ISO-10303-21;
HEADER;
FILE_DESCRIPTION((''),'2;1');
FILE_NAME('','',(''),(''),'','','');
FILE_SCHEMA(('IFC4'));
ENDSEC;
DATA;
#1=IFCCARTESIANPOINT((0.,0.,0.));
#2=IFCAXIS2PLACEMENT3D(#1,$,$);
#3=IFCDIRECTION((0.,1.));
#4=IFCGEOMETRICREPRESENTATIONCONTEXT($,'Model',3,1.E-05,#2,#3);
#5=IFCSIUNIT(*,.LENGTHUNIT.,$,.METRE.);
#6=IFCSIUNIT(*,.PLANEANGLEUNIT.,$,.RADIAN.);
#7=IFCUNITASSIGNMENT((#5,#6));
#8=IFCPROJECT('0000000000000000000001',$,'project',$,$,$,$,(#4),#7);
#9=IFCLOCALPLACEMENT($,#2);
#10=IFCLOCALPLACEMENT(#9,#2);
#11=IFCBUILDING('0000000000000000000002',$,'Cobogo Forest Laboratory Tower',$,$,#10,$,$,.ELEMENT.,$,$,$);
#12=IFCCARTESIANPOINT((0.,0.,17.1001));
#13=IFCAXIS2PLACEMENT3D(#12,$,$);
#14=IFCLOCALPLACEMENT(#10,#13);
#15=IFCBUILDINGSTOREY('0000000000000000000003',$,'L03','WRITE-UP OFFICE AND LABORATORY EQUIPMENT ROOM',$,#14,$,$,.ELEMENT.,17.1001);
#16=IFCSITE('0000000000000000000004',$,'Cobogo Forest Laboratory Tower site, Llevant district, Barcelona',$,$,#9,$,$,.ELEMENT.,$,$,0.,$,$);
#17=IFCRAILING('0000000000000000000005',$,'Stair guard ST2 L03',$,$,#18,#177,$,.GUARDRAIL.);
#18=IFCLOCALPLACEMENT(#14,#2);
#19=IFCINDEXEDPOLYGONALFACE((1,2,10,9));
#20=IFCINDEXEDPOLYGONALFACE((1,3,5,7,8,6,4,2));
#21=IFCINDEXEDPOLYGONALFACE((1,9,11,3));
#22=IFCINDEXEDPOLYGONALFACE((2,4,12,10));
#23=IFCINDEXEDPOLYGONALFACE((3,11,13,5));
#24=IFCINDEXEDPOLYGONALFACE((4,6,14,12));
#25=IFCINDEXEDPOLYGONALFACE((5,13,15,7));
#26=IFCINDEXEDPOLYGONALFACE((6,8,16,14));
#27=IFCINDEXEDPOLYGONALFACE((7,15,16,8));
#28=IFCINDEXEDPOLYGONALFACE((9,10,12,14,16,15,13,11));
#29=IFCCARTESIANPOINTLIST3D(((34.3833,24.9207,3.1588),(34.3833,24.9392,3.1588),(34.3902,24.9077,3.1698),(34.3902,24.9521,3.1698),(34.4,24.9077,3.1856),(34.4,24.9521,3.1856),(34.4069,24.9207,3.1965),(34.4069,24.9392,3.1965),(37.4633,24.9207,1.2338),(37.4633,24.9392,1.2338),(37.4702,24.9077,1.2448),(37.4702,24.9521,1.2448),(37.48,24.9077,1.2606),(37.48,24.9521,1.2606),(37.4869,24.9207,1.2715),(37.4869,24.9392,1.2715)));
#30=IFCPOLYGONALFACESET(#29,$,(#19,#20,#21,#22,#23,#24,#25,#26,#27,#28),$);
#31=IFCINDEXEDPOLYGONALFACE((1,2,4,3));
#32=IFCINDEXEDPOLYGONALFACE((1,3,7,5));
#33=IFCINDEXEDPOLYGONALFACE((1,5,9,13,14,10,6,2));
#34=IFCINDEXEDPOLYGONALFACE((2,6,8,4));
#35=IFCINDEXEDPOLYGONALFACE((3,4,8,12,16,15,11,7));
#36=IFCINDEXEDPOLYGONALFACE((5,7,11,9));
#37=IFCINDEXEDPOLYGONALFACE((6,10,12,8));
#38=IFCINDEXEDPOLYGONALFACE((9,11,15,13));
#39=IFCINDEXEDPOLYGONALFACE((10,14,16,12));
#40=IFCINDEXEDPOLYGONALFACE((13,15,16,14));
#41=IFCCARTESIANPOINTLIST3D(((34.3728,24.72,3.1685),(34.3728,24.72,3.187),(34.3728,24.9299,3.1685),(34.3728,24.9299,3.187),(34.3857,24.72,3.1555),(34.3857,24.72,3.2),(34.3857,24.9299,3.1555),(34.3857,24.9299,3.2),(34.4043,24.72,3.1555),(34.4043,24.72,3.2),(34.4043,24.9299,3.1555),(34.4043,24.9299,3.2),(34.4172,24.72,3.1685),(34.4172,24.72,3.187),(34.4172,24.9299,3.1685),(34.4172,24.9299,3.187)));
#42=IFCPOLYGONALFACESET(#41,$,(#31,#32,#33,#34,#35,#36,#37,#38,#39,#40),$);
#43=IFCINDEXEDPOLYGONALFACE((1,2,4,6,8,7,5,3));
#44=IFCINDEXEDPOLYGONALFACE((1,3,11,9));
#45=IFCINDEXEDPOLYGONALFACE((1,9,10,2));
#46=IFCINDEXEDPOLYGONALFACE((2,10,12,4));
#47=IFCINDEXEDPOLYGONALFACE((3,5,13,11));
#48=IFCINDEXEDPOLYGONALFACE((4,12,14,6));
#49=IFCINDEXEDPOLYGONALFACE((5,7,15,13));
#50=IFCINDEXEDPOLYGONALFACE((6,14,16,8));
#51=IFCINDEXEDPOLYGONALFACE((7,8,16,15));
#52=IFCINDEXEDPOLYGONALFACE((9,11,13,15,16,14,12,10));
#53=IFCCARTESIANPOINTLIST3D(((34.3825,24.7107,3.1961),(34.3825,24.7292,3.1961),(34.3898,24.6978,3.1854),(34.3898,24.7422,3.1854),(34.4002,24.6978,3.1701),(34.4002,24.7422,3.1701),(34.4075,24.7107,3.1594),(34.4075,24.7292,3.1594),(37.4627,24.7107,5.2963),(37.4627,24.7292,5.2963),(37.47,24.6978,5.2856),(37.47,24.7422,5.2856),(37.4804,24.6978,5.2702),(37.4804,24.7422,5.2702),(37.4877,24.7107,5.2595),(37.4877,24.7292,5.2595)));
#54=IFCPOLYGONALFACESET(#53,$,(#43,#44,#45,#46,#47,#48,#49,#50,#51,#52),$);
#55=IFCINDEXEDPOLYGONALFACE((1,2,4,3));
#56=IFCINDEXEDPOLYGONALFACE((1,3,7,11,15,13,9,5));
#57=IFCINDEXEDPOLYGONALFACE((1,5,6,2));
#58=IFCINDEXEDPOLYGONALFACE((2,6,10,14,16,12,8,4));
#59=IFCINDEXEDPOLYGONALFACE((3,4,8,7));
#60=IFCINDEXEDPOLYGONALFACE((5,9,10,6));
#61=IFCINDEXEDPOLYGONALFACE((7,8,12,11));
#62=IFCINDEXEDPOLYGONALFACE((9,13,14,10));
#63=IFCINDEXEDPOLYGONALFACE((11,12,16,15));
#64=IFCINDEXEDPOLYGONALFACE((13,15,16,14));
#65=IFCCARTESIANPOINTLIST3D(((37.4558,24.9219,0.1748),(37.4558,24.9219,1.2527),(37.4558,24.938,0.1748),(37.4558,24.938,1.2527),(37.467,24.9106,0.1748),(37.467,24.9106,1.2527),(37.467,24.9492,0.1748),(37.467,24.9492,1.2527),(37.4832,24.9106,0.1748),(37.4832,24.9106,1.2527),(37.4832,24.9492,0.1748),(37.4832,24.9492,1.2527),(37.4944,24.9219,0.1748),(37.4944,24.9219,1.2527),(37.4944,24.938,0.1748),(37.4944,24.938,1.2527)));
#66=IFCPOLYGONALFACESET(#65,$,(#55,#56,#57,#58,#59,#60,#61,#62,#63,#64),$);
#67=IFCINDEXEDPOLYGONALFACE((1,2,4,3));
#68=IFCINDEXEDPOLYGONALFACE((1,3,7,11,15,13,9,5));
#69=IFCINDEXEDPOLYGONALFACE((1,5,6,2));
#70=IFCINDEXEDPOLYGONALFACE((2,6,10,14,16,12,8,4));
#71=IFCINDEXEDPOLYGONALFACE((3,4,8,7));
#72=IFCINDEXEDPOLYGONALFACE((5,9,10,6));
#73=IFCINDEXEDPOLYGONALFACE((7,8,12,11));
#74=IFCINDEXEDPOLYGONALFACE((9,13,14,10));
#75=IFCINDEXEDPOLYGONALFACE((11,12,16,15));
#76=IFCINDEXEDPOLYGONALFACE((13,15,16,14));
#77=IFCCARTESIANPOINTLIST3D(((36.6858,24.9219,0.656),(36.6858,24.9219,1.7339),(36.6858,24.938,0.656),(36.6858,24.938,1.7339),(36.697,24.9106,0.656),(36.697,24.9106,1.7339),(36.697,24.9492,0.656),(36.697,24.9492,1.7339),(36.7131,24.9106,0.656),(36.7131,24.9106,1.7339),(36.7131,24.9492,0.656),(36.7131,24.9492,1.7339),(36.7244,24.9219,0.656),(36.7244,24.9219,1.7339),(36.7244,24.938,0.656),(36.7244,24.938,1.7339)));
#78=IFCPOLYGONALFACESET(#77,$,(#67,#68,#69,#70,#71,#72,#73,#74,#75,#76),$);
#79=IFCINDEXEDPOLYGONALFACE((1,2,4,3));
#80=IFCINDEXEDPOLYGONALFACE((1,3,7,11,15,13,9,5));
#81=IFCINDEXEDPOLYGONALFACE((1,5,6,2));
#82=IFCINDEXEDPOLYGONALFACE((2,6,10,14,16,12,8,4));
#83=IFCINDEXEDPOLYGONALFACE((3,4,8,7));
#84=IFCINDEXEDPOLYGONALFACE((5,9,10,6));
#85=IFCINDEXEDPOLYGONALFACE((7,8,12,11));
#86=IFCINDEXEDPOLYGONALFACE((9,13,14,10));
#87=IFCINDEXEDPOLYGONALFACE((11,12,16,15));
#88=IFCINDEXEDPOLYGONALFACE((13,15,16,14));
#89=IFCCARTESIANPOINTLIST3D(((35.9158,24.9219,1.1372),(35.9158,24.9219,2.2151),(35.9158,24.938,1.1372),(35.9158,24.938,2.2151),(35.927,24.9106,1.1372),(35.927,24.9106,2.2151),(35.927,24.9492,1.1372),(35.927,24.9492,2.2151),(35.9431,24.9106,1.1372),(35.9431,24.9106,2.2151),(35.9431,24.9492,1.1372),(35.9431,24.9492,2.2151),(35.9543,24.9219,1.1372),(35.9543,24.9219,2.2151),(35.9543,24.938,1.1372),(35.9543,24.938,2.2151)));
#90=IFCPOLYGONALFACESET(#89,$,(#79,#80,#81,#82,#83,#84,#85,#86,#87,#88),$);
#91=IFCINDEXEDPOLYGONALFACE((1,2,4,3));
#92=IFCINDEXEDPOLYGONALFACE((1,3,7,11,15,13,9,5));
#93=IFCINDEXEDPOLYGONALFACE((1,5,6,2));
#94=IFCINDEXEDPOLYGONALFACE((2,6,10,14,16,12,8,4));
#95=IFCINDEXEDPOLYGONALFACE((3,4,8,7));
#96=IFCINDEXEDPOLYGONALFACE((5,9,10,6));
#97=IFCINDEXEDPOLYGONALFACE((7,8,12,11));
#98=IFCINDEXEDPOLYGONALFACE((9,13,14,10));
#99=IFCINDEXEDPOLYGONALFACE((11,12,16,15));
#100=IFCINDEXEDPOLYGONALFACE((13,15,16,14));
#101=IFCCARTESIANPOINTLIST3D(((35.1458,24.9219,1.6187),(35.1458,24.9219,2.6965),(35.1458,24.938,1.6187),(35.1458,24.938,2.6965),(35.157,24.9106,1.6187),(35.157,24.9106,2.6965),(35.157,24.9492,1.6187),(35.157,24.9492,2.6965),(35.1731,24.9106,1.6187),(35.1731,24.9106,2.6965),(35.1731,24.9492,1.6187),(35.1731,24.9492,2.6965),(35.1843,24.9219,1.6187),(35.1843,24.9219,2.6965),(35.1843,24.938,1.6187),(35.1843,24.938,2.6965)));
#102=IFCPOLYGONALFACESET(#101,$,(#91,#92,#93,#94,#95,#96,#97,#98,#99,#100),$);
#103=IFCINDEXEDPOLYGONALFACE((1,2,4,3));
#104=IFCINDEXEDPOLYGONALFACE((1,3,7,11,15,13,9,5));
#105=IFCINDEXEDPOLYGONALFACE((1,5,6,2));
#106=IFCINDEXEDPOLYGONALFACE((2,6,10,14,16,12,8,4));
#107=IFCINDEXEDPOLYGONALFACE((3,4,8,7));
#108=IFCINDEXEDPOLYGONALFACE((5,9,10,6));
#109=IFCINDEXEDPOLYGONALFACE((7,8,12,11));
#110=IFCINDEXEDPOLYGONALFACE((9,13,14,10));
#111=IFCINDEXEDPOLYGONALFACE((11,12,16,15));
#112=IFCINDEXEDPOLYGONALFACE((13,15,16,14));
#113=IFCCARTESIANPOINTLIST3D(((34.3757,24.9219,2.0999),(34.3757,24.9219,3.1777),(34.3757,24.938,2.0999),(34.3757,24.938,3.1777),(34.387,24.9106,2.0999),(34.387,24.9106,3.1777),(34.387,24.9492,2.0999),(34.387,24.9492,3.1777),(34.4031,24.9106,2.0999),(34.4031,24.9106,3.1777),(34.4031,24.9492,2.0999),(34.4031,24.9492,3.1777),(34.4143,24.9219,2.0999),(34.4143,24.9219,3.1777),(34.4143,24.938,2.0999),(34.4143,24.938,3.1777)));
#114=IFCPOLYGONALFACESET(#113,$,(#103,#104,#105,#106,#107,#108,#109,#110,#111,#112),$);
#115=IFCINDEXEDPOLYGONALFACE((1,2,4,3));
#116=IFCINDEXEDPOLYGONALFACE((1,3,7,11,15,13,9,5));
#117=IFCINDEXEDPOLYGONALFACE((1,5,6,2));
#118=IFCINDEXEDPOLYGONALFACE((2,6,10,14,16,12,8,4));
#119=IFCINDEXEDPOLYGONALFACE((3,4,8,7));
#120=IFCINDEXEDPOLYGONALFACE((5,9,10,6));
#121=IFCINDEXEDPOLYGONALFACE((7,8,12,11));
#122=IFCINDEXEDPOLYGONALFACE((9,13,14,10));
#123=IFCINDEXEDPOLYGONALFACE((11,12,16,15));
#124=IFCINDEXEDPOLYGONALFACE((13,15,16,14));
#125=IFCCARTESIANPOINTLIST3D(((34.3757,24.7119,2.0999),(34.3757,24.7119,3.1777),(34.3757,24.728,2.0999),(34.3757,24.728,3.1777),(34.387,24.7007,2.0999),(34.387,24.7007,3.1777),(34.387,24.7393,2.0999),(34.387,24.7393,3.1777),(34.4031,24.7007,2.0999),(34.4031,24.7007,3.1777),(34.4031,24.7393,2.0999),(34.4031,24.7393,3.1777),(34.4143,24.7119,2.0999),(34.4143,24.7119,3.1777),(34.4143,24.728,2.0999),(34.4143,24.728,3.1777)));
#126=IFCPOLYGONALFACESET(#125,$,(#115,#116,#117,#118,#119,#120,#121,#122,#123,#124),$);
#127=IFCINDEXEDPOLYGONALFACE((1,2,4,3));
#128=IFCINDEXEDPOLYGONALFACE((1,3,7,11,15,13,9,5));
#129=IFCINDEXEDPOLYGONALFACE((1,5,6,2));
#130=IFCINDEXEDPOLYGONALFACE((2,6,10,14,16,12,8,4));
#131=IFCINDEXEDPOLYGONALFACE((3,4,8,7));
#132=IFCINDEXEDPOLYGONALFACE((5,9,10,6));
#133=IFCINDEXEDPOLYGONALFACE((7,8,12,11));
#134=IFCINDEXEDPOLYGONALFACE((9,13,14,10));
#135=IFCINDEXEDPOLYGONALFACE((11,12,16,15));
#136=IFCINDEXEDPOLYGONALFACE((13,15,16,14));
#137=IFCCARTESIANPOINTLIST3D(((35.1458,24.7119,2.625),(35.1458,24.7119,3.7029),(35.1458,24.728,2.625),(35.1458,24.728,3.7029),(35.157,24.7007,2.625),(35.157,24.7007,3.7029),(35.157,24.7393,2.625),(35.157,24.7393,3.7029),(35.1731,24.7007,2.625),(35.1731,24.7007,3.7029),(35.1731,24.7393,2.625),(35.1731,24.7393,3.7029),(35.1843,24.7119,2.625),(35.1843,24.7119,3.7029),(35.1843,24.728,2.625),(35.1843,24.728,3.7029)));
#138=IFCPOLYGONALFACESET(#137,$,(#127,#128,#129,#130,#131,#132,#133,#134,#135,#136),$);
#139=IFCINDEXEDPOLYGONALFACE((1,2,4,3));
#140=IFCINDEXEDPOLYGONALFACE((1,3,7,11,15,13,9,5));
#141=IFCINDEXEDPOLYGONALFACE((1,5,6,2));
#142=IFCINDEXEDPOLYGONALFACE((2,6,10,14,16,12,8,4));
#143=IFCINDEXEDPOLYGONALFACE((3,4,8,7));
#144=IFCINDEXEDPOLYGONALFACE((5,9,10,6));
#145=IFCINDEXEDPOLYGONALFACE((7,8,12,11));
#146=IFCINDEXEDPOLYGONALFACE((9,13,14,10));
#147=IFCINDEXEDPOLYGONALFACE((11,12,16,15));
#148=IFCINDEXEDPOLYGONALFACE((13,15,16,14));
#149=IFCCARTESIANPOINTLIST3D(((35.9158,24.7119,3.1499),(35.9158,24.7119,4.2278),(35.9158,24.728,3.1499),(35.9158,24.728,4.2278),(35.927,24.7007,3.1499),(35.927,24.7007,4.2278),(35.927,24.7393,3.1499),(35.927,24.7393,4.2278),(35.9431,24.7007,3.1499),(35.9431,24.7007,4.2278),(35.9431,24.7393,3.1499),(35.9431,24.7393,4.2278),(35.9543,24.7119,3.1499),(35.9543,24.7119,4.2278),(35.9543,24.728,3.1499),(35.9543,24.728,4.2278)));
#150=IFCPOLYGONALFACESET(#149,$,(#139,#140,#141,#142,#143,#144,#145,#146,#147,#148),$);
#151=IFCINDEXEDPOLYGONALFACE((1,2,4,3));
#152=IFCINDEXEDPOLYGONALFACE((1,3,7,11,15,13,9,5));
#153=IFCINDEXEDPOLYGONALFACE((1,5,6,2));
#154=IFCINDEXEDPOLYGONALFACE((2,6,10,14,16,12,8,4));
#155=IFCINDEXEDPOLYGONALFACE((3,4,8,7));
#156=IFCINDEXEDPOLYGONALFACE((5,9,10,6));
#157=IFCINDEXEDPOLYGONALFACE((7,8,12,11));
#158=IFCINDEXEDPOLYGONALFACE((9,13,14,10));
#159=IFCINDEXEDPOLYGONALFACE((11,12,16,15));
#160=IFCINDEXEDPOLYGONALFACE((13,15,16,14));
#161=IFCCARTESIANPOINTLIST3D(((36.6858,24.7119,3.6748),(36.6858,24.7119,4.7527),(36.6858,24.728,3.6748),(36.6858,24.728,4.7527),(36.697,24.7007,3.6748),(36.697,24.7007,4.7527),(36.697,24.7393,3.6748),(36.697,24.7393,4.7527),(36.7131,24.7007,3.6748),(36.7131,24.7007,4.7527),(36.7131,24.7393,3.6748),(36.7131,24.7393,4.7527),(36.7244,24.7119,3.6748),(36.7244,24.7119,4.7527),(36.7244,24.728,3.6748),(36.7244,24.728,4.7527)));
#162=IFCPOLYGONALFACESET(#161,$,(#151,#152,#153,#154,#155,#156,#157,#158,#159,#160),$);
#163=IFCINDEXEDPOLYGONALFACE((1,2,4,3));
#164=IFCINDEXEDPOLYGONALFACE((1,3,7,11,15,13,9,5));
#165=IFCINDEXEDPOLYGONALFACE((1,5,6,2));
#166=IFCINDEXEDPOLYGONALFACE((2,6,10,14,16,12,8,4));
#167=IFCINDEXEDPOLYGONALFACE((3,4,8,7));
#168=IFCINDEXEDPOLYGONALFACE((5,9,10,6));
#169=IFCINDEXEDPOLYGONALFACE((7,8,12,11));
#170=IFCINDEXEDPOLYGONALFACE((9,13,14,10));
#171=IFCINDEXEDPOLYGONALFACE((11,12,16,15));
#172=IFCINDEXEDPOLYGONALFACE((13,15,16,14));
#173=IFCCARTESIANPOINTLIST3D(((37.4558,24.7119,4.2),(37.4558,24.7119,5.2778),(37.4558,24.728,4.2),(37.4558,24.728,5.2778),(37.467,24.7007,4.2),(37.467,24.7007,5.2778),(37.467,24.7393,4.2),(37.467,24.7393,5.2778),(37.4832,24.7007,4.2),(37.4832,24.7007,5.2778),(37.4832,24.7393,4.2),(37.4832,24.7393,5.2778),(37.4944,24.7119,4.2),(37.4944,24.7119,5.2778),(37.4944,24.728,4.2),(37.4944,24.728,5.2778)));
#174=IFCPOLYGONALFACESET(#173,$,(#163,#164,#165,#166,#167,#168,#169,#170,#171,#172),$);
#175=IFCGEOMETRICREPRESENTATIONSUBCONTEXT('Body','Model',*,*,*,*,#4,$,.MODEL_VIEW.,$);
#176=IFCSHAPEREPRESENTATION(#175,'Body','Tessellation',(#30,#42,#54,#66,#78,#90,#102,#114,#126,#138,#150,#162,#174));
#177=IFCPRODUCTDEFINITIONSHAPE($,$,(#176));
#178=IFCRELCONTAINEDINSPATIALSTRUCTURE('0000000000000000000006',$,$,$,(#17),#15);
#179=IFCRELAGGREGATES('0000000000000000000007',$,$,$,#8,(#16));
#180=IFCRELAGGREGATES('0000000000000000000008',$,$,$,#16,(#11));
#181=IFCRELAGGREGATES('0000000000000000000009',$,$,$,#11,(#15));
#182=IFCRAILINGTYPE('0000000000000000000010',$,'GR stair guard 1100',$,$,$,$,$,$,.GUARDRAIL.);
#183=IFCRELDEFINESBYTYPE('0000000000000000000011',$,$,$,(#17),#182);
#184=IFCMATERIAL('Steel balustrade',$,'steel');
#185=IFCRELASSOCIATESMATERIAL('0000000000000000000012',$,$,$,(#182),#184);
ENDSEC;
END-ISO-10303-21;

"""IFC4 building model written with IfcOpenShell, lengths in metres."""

from ifc_helpers import new_model, si_unit, direction, frame, origin, place, context, subcontext, project, spatial, polyline, outline, extrude, material, type_object, element, save


model = new_model("IFC4")

# Units and contexts
model_context = context("Model", 3, precision=1e-05, world=origin(), true_north=direction((0.0, 1.0)))
body_context = subcontext(model_context, "Body", "Model", "MODEL_VIEW")
ifc_project = project(units=[si_unit("LENGTHUNIT", "METRE"), si_unit("PLANEANGLEUNIT", "RADIAN")], contexts=[model_context])

# Site, building, storey
site_placement = place(None, origin())
site = spatial("IfcSite", under=ifc_project, at=site_placement, Name="Cobogo Forest Laboratory Tower site, Llevant district, Barcelona", CompositionType="ELEMENT", RefElevation=0.0)
building_placement = place(site_placement, origin())
building = spatial("IfcBuilding", under=site, at=building_placement, Name="Cobogo Forest Laboratory Tower", CompositionType="ELEMENT")
storey_placement = place(building_placement, frame((0.0, 0.0, 17.1001)))
storey = spatial("IfcBuildingStorey", under=building, at=storey_placement, Name="L03", Description="WRITE-UP OFFICE AND LABORATORY EQUIPMENT ROOM", CompositionType="ELEMENT", Elevation=17.1001)

# Railing
ifc_material_1 = material(Name="Steel balustrade", Category="steel")
railing_type_1 = type_object("IfcRailingType", Name="GR stair guard 1100", PredefinedType="GUARDRAIL", material=ifc_material_1)
railing_1_placement = place(storey_placement, frame((37.4751, 24.9299, 0.1748)))
element("IfcRailing", 1, at=railing_1_placement, inside=storey, type_object=railing_type_1, Name="Stair guard ST2 L03", PredefinedType="GUARDRAIL", context=body_context, shape_type="SweptSolid", body=[
    extrude(outline(polyline([(0.0222, 0.0093), (0.0093, 0.0222), (-0.0093, 0.0222), (-0.0222, 0.0093), (-0.0222, -0.0093), (-0.0093, -0.0222), (0.0093, -0.0222), (0.0222, -0.0093), (0.0222, 0.0093)])), frame((0.0, 0.0, 1.0779), z_axis=(-0.847998, 0.0, 0.529999), x_axis=(0.0, -1.0, 0.0)), (0.0, 0.0, 1.0), 3.6321),
    extrude(outline(polyline([(0.0222, 0.0093), (0.0093, 0.0222), (-0.0093, 0.0222), (-0.0222, 0.0093), (-0.0222, -0.0093), (-0.0093, -0.0222), (0.0093, -0.0222), (0.0222, -0.0093), (0.0222, 0.0093)])), frame((-3.0801, 0.0, 3.0029), z_axis=(0.0, -1.0, 0.0), x_axis=(1.0, 0.0, 0.0)), (0.0, 0.0, 1.0), 0.21),
    extrude(outline(polyline([(0.0222, 0.0093), (0.0093, 0.0222), (-0.0093, 0.0222), (-0.0222, 0.0093), (-0.0222, -0.0093), (-0.0093, -0.0222), (0.0093, -0.0222), (0.0222, -0.0093), (0.0222, 0.0093)])), frame((-3.0801, -0.21, 3.0029), z_axis=(0.826222, 0.0, 0.563345), x_axis=(0.0, 1.0, 0.0)), (0.0, 0.0, 1.0), 3.728),
    extrude(outline(polyline([(0.0193, 0.0081), (0.0081, 0.0193), (-0.0081, 0.0193), (-0.0193, 0.0081), (-0.0193, -0.0081), (-0.0081, -0.0193), (0.0081, -0.0193), (0.0193, -0.0081), (0.0193, 0.0081)])), origin(), (0.0, 0.0, 1.0), 1.0779),
    extrude(outline(polyline([(0.0193, 0.0081), (0.0081, 0.0193), (-0.0081, 0.0193), (-0.0193, 0.0081), (-0.0193, -0.0081), (-0.0081, -0.0193), (0.0081, -0.0193), (0.0193, -0.0081), (0.0193, 0.0081)])), frame((-0.77, 0.0, 0.4812)), (0.0, 0.0, 1.0), 1.0779),
    extrude(outline(polyline([(0.0193, 0.0081), (0.0081, 0.0193), (-0.0081, 0.0193), (-0.0193, 0.0081), (-0.0193, -0.0081), (-0.0081, -0.0193), (0.0081, -0.0193), (0.0193, -0.0081), (0.0193, 0.0081)])), frame((-1.54, 0.0, 0.9624)), (0.0, 0.0, 1.0), 1.0779),
    extrude(outline(polyline([(0.0193, 0.0081), (0.0081, 0.0193), (-0.0081, 0.0193), (-0.0193, 0.0081), (-0.0193, -0.0081), (-0.0081, -0.0193), (0.0081, -0.0193), (0.0193, -0.0081), (0.0193, 0.0081)])), frame((-2.3101, 0.0, 1.4438)), (0.0, 0.0, 1.0), 1.0779),
    extrude(outline(polyline([(0.0193, 0.0081), (0.0081, 0.0193), (-0.0081, 0.0193), (-0.0193, 0.0081), (-0.0193, -0.0081), (-0.0081, -0.0193), (0.0081, -0.0193), (0.0193, -0.0081), (0.0193, 0.0081)])), frame((-3.0801, 0.0, 1.925)), (0.0, 0.0, 1.0), 1.0779),
    extrude(outline(polyline([(0.0193, 0.0081), (0.0081, 0.0193), (-0.0081, 0.0193), (-0.0193, 0.0081), (-0.0193, -0.0081), (-0.0081, -0.0193), (0.0081, -0.0193), (0.0193, -0.0081), (0.0193, 0.0081)])), frame((-3.0801, -0.21, 1.925)), (0.0, 0.0, 1.0), 1.0779),
    extrude(outline(polyline([(0.0193, 0.0081), (0.0081, 0.0193), (-0.0081, 0.0193), (-0.0193, 0.0081), (-0.0193, -0.0081), (-0.0081, -0.0193), (0.0081, -0.0193), (0.0193, -0.0081), (0.0193, 0.0081)])), frame((-2.3101, -0.21, 2.4502)), (0.0, 0.0, 1.0), 1.0779),
    extrude(outline(polyline([(0.0193, 0.0081), (0.0081, 0.0193), (-0.0081, 0.0193), (-0.0193, 0.0081), (-0.0193, -0.0081), (-0.0081, -0.0193), (0.0081, -0.0193), (0.0193, -0.0081), (0.0193, 0.0081)])), frame((-1.54, -0.21, 2.9751)), (0.0, 0.0, 1.0), 1.0779),
    extrude(outline(polyline([(0.0193, 0.0081), (0.0081, 0.0193), (-0.0081, 0.0193), (-0.0193, 0.0081), (-0.0193, -0.0081), (-0.0081, -0.0193), (0.0081, -0.0193), (0.0193, -0.0081), (0.0193, 0.0081)])), frame((-0.77, -0.21, 3.5)), (0.0, 0.0, 1.0), 1.0779),
    extrude(outline(polyline([(0.0193, 0.0081), (0.0081, 0.0193), (-0.0081, 0.0193), (-0.0193, 0.0081), (-0.0193, -0.0081), (-0.0081, -0.0193), (0.0081, -0.0193), (0.0193, -0.0081), (0.0193, 0.0081)])), frame((0.0, -0.21, 4.0251)), (0.0, 0.0, 1.0), 1.0779),
])

save(model, "model.ifc")
